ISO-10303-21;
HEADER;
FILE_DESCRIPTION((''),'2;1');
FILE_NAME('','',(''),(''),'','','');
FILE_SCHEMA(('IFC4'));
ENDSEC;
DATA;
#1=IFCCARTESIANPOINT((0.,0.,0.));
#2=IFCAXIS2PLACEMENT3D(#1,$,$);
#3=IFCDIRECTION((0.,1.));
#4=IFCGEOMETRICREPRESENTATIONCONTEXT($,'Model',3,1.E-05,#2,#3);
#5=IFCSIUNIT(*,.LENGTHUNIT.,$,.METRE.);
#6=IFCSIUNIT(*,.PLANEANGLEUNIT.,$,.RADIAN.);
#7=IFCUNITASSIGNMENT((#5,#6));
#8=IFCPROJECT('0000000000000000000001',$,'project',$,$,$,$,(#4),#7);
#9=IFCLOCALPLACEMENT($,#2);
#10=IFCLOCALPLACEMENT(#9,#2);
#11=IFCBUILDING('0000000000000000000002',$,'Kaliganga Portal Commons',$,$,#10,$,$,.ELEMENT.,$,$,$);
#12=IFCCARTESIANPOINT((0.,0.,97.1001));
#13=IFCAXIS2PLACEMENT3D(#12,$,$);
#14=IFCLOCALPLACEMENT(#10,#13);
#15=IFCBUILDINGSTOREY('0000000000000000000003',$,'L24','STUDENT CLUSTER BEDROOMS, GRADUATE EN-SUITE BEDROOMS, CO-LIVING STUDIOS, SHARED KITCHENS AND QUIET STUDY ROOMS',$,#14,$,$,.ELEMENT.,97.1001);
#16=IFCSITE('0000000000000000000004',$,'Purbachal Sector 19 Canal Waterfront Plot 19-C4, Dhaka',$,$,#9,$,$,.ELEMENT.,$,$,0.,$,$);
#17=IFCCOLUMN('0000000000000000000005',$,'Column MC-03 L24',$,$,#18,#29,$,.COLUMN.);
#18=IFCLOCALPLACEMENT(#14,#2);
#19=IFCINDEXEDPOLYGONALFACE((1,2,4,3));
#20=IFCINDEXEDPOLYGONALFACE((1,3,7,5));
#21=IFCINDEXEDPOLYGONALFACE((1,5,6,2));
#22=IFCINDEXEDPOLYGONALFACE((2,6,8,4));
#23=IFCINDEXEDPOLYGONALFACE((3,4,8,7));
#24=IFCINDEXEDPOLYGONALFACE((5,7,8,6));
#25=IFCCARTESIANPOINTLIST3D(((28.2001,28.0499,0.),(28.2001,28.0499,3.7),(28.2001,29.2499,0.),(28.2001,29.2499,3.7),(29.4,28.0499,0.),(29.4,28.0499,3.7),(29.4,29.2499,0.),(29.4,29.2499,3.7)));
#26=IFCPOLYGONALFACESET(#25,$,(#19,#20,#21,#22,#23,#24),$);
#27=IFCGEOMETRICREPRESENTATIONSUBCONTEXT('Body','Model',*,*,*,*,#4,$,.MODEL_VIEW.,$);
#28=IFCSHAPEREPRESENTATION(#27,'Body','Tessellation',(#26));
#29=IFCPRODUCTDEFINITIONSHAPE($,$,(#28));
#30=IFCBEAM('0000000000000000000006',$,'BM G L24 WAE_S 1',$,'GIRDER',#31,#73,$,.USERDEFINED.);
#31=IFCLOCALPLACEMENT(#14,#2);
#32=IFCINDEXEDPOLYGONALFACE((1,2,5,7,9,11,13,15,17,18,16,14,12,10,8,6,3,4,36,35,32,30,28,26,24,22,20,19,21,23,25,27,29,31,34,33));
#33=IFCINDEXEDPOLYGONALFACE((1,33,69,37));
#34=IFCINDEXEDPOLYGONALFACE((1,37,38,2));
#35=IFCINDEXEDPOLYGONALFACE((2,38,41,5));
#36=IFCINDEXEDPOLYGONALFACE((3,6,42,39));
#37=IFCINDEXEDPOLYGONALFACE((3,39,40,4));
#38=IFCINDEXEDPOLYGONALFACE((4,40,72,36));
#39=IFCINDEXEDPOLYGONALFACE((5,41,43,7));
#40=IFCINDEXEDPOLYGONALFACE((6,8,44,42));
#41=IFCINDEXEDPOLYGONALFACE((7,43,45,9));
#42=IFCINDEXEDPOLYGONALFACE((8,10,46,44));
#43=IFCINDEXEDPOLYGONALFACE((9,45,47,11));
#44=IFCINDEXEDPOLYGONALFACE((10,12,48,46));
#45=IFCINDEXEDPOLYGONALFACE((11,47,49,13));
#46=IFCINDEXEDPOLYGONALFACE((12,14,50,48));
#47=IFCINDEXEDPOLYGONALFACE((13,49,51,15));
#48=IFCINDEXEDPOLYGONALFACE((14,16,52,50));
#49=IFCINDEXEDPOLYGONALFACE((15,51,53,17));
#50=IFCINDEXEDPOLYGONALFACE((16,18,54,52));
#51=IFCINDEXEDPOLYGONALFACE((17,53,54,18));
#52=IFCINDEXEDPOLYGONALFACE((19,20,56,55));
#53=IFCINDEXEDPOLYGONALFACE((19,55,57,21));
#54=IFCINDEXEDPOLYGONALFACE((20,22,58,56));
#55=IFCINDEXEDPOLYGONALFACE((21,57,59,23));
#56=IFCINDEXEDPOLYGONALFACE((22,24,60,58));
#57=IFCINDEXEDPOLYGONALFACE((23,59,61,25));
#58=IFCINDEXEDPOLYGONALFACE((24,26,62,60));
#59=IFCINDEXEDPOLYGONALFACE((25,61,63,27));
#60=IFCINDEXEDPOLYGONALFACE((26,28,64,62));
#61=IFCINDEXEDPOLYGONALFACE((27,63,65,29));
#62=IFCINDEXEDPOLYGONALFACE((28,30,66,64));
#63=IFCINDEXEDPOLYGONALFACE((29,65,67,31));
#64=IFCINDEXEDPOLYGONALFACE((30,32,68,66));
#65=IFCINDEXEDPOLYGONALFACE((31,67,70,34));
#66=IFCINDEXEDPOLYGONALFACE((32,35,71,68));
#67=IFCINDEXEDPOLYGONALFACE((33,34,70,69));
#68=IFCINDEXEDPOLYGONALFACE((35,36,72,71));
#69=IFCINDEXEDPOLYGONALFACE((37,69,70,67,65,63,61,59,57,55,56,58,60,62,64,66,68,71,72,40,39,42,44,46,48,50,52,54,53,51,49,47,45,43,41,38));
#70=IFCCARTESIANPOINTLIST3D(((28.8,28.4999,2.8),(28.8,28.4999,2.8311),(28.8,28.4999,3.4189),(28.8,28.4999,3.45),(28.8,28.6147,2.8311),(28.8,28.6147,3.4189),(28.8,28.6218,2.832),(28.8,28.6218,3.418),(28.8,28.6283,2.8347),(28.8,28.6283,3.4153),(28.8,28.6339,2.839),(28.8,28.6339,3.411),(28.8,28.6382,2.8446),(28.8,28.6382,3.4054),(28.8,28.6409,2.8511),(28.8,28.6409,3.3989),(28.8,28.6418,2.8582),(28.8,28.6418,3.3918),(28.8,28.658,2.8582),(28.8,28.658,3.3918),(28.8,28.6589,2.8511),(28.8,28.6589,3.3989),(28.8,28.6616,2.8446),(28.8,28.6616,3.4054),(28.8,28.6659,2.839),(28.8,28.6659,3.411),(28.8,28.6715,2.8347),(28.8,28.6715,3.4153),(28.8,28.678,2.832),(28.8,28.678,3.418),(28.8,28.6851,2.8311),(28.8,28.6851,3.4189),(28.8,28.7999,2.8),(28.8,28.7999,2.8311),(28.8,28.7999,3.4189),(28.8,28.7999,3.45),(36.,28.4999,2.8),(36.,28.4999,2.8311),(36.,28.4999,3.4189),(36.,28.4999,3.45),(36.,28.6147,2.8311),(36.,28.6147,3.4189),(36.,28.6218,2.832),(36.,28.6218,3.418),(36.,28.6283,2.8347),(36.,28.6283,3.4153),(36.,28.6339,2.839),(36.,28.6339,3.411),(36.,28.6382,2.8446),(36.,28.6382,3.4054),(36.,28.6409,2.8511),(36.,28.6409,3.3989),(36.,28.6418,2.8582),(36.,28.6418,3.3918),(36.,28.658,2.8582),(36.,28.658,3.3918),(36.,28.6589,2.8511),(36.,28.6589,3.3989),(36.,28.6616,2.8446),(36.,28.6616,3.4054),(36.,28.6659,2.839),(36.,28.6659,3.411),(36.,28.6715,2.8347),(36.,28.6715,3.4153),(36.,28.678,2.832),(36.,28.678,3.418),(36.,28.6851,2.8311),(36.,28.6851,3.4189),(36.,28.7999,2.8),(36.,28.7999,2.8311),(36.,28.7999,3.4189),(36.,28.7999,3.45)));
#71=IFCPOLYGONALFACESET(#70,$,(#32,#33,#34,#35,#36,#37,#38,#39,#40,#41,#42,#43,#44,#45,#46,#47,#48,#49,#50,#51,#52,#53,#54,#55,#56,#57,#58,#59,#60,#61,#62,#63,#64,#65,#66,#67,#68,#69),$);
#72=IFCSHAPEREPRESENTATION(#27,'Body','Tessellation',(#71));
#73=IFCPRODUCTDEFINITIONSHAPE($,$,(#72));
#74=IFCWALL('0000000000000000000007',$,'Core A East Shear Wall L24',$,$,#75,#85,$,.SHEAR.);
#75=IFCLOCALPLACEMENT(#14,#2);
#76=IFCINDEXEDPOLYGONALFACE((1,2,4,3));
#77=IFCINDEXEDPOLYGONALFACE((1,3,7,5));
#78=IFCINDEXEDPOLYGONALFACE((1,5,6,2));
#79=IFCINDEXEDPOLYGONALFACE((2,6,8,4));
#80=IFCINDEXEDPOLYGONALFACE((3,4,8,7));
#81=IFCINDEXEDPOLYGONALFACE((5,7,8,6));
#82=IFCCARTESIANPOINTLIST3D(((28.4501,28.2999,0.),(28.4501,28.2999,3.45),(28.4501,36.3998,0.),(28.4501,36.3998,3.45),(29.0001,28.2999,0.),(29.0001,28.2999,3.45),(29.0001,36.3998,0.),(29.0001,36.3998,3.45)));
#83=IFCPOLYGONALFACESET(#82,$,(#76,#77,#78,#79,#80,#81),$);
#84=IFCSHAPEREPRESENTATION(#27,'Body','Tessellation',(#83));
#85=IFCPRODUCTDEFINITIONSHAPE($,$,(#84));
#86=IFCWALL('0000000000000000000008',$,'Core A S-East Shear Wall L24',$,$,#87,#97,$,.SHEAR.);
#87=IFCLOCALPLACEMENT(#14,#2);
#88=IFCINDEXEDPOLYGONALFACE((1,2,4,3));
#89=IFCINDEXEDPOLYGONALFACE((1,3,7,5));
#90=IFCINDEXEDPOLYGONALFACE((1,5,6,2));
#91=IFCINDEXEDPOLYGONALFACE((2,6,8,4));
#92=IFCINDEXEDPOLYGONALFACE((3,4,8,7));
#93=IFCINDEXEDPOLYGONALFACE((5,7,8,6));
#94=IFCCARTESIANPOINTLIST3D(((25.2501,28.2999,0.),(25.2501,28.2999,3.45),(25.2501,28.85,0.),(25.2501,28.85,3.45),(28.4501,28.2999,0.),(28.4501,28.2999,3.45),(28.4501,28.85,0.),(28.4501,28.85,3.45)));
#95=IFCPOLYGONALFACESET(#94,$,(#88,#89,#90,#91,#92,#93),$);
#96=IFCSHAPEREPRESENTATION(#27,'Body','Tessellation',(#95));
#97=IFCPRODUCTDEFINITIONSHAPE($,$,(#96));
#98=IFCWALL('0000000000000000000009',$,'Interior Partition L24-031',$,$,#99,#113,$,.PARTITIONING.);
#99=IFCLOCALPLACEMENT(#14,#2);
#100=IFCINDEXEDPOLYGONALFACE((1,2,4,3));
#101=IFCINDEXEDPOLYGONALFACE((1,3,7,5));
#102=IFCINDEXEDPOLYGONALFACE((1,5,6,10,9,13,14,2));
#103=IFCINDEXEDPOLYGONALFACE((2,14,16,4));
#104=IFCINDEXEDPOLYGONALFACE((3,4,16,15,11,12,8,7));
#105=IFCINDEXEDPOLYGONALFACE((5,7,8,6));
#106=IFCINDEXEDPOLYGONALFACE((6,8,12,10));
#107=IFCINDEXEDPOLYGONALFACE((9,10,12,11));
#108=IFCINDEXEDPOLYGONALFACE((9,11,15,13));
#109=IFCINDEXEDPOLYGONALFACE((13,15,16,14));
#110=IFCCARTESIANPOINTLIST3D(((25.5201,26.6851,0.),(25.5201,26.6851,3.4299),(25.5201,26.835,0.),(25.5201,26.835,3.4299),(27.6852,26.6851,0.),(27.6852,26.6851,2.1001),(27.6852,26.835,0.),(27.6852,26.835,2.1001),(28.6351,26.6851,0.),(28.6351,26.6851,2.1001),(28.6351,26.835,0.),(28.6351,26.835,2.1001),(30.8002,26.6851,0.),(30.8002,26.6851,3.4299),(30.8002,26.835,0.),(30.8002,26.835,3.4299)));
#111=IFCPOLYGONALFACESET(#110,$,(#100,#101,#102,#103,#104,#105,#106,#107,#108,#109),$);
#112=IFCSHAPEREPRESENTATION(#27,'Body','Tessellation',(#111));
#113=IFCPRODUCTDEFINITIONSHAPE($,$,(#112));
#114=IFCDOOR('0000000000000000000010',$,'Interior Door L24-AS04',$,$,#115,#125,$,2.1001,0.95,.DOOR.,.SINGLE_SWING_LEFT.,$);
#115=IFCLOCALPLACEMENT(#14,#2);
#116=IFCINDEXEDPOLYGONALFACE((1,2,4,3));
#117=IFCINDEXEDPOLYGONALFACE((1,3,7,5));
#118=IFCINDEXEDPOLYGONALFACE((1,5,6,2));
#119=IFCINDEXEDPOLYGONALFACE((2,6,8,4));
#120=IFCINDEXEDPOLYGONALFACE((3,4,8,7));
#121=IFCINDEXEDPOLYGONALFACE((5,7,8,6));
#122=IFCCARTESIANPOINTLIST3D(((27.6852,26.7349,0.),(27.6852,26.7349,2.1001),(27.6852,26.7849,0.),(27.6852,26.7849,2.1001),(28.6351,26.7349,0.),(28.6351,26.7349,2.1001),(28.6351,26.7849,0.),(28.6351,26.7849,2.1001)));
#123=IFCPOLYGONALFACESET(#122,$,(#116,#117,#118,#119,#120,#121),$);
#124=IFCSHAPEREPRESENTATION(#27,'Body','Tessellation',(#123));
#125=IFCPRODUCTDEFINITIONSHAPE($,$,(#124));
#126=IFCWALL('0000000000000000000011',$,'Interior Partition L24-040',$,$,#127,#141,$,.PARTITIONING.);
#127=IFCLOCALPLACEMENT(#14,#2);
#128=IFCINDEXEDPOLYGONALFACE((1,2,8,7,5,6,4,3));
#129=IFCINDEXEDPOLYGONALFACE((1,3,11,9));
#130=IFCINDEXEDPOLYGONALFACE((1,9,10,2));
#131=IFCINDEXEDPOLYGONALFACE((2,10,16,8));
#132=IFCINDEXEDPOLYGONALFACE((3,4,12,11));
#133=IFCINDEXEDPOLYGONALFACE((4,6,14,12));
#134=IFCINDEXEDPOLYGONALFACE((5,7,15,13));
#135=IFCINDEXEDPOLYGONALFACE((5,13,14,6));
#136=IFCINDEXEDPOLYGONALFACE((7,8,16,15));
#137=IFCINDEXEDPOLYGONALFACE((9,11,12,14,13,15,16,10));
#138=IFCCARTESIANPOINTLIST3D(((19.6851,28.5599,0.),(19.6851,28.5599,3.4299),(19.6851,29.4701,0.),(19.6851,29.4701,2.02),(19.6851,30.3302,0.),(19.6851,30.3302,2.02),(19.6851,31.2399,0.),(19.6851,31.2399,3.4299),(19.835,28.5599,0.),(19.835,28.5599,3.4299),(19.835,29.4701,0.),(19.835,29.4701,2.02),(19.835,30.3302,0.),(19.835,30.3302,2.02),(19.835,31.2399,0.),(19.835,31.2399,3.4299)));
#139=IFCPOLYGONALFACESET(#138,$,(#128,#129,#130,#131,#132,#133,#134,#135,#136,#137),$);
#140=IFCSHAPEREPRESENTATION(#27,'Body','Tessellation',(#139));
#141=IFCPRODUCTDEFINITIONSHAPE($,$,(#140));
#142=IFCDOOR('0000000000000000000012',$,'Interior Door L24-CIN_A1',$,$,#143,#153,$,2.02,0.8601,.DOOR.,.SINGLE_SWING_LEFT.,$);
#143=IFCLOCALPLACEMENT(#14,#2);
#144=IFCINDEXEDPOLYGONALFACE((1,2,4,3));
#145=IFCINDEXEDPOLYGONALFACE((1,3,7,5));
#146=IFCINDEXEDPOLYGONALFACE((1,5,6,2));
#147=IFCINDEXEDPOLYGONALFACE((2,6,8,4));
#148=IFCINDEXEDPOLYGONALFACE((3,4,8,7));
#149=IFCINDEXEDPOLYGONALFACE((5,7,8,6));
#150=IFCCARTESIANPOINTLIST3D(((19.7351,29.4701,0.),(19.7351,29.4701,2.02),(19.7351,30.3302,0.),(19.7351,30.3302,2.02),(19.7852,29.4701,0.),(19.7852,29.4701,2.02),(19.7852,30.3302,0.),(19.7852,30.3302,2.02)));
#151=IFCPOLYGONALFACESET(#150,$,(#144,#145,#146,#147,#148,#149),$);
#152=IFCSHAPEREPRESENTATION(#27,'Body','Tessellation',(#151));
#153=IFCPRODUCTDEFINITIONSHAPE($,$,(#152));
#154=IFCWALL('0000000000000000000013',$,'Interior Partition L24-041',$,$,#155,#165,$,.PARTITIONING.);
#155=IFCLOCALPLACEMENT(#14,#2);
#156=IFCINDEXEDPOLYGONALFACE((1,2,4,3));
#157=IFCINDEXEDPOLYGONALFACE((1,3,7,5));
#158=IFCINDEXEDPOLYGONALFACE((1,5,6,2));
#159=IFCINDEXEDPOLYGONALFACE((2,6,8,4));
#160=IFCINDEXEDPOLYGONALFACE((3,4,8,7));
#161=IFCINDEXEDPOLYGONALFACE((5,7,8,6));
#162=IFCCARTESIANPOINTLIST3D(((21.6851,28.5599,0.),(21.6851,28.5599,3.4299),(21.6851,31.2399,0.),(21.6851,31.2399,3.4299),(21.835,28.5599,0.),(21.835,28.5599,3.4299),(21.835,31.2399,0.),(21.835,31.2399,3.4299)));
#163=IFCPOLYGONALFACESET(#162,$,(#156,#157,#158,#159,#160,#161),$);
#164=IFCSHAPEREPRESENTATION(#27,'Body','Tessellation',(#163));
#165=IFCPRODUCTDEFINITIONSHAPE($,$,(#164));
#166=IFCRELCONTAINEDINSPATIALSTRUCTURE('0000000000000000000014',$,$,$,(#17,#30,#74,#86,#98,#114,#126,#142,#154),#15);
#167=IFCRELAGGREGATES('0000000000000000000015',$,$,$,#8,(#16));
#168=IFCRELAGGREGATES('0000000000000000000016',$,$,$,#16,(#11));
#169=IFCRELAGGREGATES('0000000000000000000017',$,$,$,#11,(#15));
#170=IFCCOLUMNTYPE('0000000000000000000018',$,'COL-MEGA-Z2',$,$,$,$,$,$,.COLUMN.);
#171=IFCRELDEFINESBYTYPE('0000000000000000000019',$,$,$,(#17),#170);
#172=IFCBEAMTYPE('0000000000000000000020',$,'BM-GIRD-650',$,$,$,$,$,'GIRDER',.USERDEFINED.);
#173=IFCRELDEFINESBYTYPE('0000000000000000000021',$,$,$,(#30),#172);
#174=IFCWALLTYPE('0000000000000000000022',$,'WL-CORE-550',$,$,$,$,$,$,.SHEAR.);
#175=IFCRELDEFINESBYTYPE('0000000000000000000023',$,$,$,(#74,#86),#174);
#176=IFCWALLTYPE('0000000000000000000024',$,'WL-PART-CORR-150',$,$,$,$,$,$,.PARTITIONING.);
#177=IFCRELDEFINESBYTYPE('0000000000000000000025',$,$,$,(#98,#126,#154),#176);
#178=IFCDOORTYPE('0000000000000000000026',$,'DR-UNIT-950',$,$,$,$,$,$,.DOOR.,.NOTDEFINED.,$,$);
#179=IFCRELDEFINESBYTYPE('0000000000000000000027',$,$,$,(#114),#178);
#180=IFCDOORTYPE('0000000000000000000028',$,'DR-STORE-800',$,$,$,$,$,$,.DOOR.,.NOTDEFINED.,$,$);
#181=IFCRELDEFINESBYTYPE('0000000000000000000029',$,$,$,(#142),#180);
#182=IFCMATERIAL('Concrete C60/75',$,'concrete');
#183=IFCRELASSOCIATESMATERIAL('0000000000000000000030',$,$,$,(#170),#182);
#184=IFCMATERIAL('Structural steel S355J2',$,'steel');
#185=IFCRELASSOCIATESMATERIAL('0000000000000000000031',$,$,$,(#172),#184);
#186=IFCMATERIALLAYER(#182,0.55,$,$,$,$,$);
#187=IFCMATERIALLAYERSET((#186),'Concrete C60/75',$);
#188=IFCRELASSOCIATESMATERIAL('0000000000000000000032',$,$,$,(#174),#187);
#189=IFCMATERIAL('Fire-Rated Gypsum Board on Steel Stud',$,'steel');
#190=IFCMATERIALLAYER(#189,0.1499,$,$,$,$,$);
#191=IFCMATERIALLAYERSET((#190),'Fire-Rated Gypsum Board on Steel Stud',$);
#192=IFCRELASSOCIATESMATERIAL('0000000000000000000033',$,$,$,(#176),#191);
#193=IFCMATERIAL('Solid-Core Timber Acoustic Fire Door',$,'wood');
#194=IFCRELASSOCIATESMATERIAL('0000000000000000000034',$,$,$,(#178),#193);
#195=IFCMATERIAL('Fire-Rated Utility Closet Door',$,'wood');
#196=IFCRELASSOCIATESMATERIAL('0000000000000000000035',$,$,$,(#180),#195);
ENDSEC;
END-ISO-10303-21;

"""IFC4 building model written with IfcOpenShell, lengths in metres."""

from ifc_helpers import new_model, si_unit, direction, frame, frame_2d, origin, origin_2d, place, context, subcontext, project, spatial, rectangle, i_section, extrude, source, transform, mapped, material, layer, layer_set, material_profile, profile_set, type_object, element, fill, save


model = new_model("IFC4")

# Units and contexts
model_context = context("Model", 3, precision=1e-05, world=origin(), true_north=direction((0.0, 1.0)))
body_context = subcontext(model_context, "Body", "Model", "MODEL_VIEW")
ifc_project = project(units=[si_unit("LENGTHUNIT", "METRE"), si_unit("PLANEANGLEUNIT", "RADIAN")], contexts=[model_context])

# Site, building, storey
site_placement = place(None, origin())
site = spatial("IfcSite", under=ifc_project, at=site_placement, Name="Purbachal Sector 19 Canal Waterfront Plot 19-C4, Dhaka", CompositionType="ELEMENT", RefElevation=0.0)
building_placement = place(site_placement, origin())
building = spatial("IfcBuilding", under=site, at=building_placement, Name="Kaliganga Portal Commons", CompositionType="ELEMENT")
storey_placement = place(building_placement, frame((0.0, 0.0, 97.1001)))
storey = spatial("IfcBuildingStorey", under=building, at=storey_placement, Name="L24", Description="STUDENT CLUSTER BEDROOMS, GRADUATE EN-SUITE BEDROOMS, CO-LIVING STUDIOS, SHARED KITCHENS AND QUIET STUDY ROOMS", CompositionType="ELEMENT", Elevation=97.1001)

# Column
ifc_material_1 = material(Name="Concrete C60/75", Category="concrete")
ifc_material_profile_1 = material_profile(ifc_material_1, rectangle(XDim=1.2, YDim=1.2, at=origin_2d()), Name="RC 1200x1200")
ifc_profile_set_1 = profile_set([ifc_material_profile_1], Name="Concrete C60/75")
column_type = type_object("IfcColumnType", Name="COL-MEGA-Z2", PredefinedType="COLUMN", material=ifc_profile_set_1)
shared_shape_1 = source(origin(), body_context, "Body", "SweptSolid", [
    extrude(rectangle(XDim=1.2, YDim=1.2, at=origin_2d()), origin(), (0.0, 0.0, 1.0), 3.7),
])
column_placement = place(storey_placement, frame((28.8, 28.6499, 0.0), z_axis=(0.0, 0.0, 1.0), x_axis=(1.0, 0.0, 0.0)))
element("IfcColumn", 1, at=column_placement, inside=storey, type_object=column_type, Name="Column MC-03 L24", PredefinedType="COLUMN", context=body_context, shape_type="MappedRepresentation", body=[
    mapped(shared_shape_1, transform((0.0, 0.0, 0.0), x_axis=(1.0, 0.0, 0.0), y_axis=(0.0, 1.0, 0.0), z_axis=(0.0, 0.0, 1.0), scale=1.0)),
])

# Beam
ifc_material_2 = material(Name="Structural steel S355J2", Category="steel")
ifc_material_profile_2 = material_profile(ifc_material_2, i_section(OverallWidth=0.3, OverallDepth=0.6499, WebThickness=0.0161, FlangeThickness=0.031, FilletRadius=0.0271, at=origin_2d()), Name="HE 650 B")
ifc_profile_set_2 = profile_set([ifc_material_profile_2], Name="Structural steel S355J2 wide-flange")
beam_type = type_object("IfcBeamType", Name="BM-GIRD-650", ElementType="GIRDER", PredefinedType="USERDEFINED", material=ifc_profile_set_2)
shared_shape_2 = source(origin(), body_context, "Body", "SweptSolid", [
    extrude(i_section(OverallWidth=0.3, OverallDepth=0.6499, WebThickness=0.0161, FlangeThickness=0.031, FilletRadius=0.0271, at=origin_2d()), origin(), (0.0, 0.0, 1.0), 7.2),
])
beam_placement = place(storey_placement, frame((28.8, 28.6499, 3.125), z_axis=(1.0, 0.0, 0.0), x_axis=(0.0, 1.0, 0.0)))
element("IfcBeam", 2, at=beam_placement, inside=storey, type_object=beam_type, Name="BM G L24 WAE_S 1", ObjectType="GIRDER", PredefinedType="USERDEFINED", context=body_context, shape_type="MappedRepresentation", body=[
    mapped(shared_shape_2, transform((0.0, 0.0, 0.0), x_axis=(1.0, 0.0, 0.0), y_axis=(0.0, 1.0, 0.0), z_axis=(0.0, 0.0, 1.0), scale=1.0)),
])

# Walls
ifc_layer_1 = layer(ifc_material_1, 0.55)
ifc_layer_set_1 = layer_set([ifc_layer_1], Name="Concrete C60/75")
wall_type_1 = type_object("IfcWallType", Name="WL-CORE-550", PredefinedType="SHEAR", material=ifc_layer_set_1)
wall_1_placement = place(storey_placement, frame((28.7251, 28.3, 0.0), z_axis=(0.0, 0.0, 1.0), x_axis=(0.0, 1.0, 0.0)))
element("IfcWall", 3, at=wall_1_placement, inside=storey, type_object=wall_type_1, Name="Core A East Shear Wall L24", PredefinedType="SHEAR", context=body_context, shape_type="SweptSolid", body=[
    extrude(rectangle(XDim=8.0999, YDim=0.55, at=frame_2d((4.0498, 0.0))), origin(), (0.0, 0.0, 1.0), 3.45),
])
wall_2_placement = place(storey_placement, frame((25.25, 28.575, 0.0), z_axis=(0.0, 0.0, 1.0), x_axis=(1.0, 0.0, 0.0)))
element("IfcWall", 4, at=wall_2_placement, inside=storey, type_object=wall_type_1, Name="Core A S-East Shear Wall L24", PredefinedType="SHEAR", context=body_context, shape_type="SweptSolid", body=[
    extrude(rectangle(XDim=3.2, YDim=0.55, at=frame_2d((1.6001, 0.0))), origin(), (0.0, 0.0, 1.0), 3.45),
])

# Walls, openings, doors
ifc_material_3 = material(Name="Fire-Rated Gypsum Board on Steel Stud", Category="steel")
ifc_layer_2 = layer(ifc_material_3, 0.1499)
ifc_layer_set_2 = layer_set([ifc_layer_2], Name="Fire-Rated Gypsum Board on Steel Stud")
wall_type_2 = type_object("IfcWallType", Name="WL-PART-CORR-150", PredefinedType="PARTITIONING", material=ifc_layer_set_2)
wall_3_placement = place(storey_placement, frame((25.52, 26.76, 0.0), z_axis=(0.0, 0.0, 1.0), x_axis=(1.0, 0.0, 0.0)))
wall_3 = element("IfcWall", 5, at=wall_3_placement, inside=storey, type_object=wall_type_2, Name="Interior Partition L24-031", PredefinedType="PARTITIONING", context=body_context, shape_type="SweptSolid", body=[
    extrude(rectangle(XDim=5.28, YDim=0.1499, at=frame_2d((2.6401, 0.0))), origin(), (0.0, 0.0, 1.0), 3.4299),
])
opening_1_placement = place(wall_3_placement, frame((2.165, 0.0, 0.0)))
opening_1 = element("IfcOpeningElement", 6, at=opening_1_placement, cuts=wall_3, PredefinedType="OPENING", context=body_context, shape_type="SweptSolid", body=[
    extrude(rectangle(XDim=0.95, YDim=2.1001, at=frame_2d((0.4751, 1.05))), frame((0.0, 0.085, 0.0), z_axis=(0.0, -1.0, 0.0), x_axis=(1.0, 0.0, 0.0)), (0.0, 0.0, 1.0), 0.1699),
])
ifc_material_4 = material(Name="Solid-Core Timber Acoustic Fire Door", Category="wood")
door_type_1 = type_object("IfcDoorType", Name="DR-UNIT-950", OperationType="NOTDEFINED", PredefinedType="DOOR", material=ifc_material_4)
door_1_placement = place(opening_1_placement, origin())
door_1 = element("IfcDoor", 7, at=door_1_placement, inside=storey, type_object=door_type_1, Name="Interior Door L24-AS04", OperationType="SINGLE_SWING_LEFT", OverallHeight=2.1001, OverallWidth=0.95, PredefinedType="DOOR", context=body_context, shape_type="SweptSolid", body=[
    extrude(rectangle(XDim=0.95, YDim=2.1001, at=frame_2d((0.4751, 1.05))), frame((0.0, 0.0249, 0.0), z_axis=(0.0, -1.0, 0.0), x_axis=(1.0, 0.0, 0.0)), (0.0, 0.0, 1.0), 0.05),
])
fill(opening_1, door_1)
wall_4_placement = place(storey_placement, frame((19.76, 28.5601, 0.0), z_axis=(0.0, 0.0, 1.0), x_axis=(0.0, 1.0, 0.0)))
wall_4 = element("IfcWall", 8, at=wall_4_placement, inside=storey, type_object=wall_type_2, Name="Interior Partition L24-040", PredefinedType="PARTITIONING", context=body_context, shape_type="SweptSolid", body=[
    extrude(rectangle(XDim=2.6799, YDim=0.1499, at=frame_2d((1.3398, 0.0))), origin(), (0.0, 0.0, 1.0), 3.4299),
])
opening_2_placement = place(wall_4_placement, frame((0.9099, 0.0, 0.0)))
opening_2 = element("IfcOpeningElement", 9, at=opening_2_placement, cuts=wall_4, PredefinedType="OPENING", context=body_context, shape_type="SweptSolid", body=[
    extrude(rectangle(XDim=0.8601, YDim=2.02, at=frame_2d((0.4302, 1.01))), frame((0.0, 0.085, 0.0), z_axis=(0.0, -1.0, 0.0), x_axis=(1.0, 0.0, 0.0)), (0.0, 0.0, 1.0), 0.1699),
])
ifc_material_5 = material(Name="Fire-Rated Utility Closet Door", Category="wood")
door_type_2 = type_object("IfcDoorType", Name="DR-STORE-800", OperationType="NOTDEFINED", PredefinedType="DOOR", material=ifc_material_5)
door_2_placement = place(opening_2_placement, origin())
door_2 = element("IfcDoor", 10, at=door_2_placement, inside=storey, type_object=door_type_2, Name="Interior Door L24-CIN_A1", OperationType="SINGLE_SWING_LEFT", OverallHeight=2.02, OverallWidth=0.8601, PredefinedType="DOOR", context=body_context, shape_type="SweptSolid", body=[
    extrude(rectangle(XDim=0.8601, YDim=2.02, at=frame_2d((0.4302, 1.01))), frame((0.0, 0.0249, 0.0), z_axis=(0.0, -1.0, 0.0), x_axis=(1.0, 0.0, 0.0)), (0.0, 0.0, 1.0), 0.05),
])
fill(opening_2, door_2)

# Wall
wall_5_placement = place(storey_placement, frame((21.76, 28.5601, 0.0), z_axis=(0.0, 0.0, 1.0), x_axis=(0.0, 1.0, 0.0)))
element("IfcWall", 11, at=wall_5_placement, inside=storey, type_object=wall_type_2, Name="Interior Partition L24-041", PredefinedType="PARTITIONING", context=body_context, shape_type="SweptSolid", body=[
    extrude(rectangle(XDim=2.6799, YDim=0.1499, at=frame_2d((1.3398, 0.0))), origin(), (0.0, 0.0, 1.0), 3.4299),
])

save(model, "model.ifc")
